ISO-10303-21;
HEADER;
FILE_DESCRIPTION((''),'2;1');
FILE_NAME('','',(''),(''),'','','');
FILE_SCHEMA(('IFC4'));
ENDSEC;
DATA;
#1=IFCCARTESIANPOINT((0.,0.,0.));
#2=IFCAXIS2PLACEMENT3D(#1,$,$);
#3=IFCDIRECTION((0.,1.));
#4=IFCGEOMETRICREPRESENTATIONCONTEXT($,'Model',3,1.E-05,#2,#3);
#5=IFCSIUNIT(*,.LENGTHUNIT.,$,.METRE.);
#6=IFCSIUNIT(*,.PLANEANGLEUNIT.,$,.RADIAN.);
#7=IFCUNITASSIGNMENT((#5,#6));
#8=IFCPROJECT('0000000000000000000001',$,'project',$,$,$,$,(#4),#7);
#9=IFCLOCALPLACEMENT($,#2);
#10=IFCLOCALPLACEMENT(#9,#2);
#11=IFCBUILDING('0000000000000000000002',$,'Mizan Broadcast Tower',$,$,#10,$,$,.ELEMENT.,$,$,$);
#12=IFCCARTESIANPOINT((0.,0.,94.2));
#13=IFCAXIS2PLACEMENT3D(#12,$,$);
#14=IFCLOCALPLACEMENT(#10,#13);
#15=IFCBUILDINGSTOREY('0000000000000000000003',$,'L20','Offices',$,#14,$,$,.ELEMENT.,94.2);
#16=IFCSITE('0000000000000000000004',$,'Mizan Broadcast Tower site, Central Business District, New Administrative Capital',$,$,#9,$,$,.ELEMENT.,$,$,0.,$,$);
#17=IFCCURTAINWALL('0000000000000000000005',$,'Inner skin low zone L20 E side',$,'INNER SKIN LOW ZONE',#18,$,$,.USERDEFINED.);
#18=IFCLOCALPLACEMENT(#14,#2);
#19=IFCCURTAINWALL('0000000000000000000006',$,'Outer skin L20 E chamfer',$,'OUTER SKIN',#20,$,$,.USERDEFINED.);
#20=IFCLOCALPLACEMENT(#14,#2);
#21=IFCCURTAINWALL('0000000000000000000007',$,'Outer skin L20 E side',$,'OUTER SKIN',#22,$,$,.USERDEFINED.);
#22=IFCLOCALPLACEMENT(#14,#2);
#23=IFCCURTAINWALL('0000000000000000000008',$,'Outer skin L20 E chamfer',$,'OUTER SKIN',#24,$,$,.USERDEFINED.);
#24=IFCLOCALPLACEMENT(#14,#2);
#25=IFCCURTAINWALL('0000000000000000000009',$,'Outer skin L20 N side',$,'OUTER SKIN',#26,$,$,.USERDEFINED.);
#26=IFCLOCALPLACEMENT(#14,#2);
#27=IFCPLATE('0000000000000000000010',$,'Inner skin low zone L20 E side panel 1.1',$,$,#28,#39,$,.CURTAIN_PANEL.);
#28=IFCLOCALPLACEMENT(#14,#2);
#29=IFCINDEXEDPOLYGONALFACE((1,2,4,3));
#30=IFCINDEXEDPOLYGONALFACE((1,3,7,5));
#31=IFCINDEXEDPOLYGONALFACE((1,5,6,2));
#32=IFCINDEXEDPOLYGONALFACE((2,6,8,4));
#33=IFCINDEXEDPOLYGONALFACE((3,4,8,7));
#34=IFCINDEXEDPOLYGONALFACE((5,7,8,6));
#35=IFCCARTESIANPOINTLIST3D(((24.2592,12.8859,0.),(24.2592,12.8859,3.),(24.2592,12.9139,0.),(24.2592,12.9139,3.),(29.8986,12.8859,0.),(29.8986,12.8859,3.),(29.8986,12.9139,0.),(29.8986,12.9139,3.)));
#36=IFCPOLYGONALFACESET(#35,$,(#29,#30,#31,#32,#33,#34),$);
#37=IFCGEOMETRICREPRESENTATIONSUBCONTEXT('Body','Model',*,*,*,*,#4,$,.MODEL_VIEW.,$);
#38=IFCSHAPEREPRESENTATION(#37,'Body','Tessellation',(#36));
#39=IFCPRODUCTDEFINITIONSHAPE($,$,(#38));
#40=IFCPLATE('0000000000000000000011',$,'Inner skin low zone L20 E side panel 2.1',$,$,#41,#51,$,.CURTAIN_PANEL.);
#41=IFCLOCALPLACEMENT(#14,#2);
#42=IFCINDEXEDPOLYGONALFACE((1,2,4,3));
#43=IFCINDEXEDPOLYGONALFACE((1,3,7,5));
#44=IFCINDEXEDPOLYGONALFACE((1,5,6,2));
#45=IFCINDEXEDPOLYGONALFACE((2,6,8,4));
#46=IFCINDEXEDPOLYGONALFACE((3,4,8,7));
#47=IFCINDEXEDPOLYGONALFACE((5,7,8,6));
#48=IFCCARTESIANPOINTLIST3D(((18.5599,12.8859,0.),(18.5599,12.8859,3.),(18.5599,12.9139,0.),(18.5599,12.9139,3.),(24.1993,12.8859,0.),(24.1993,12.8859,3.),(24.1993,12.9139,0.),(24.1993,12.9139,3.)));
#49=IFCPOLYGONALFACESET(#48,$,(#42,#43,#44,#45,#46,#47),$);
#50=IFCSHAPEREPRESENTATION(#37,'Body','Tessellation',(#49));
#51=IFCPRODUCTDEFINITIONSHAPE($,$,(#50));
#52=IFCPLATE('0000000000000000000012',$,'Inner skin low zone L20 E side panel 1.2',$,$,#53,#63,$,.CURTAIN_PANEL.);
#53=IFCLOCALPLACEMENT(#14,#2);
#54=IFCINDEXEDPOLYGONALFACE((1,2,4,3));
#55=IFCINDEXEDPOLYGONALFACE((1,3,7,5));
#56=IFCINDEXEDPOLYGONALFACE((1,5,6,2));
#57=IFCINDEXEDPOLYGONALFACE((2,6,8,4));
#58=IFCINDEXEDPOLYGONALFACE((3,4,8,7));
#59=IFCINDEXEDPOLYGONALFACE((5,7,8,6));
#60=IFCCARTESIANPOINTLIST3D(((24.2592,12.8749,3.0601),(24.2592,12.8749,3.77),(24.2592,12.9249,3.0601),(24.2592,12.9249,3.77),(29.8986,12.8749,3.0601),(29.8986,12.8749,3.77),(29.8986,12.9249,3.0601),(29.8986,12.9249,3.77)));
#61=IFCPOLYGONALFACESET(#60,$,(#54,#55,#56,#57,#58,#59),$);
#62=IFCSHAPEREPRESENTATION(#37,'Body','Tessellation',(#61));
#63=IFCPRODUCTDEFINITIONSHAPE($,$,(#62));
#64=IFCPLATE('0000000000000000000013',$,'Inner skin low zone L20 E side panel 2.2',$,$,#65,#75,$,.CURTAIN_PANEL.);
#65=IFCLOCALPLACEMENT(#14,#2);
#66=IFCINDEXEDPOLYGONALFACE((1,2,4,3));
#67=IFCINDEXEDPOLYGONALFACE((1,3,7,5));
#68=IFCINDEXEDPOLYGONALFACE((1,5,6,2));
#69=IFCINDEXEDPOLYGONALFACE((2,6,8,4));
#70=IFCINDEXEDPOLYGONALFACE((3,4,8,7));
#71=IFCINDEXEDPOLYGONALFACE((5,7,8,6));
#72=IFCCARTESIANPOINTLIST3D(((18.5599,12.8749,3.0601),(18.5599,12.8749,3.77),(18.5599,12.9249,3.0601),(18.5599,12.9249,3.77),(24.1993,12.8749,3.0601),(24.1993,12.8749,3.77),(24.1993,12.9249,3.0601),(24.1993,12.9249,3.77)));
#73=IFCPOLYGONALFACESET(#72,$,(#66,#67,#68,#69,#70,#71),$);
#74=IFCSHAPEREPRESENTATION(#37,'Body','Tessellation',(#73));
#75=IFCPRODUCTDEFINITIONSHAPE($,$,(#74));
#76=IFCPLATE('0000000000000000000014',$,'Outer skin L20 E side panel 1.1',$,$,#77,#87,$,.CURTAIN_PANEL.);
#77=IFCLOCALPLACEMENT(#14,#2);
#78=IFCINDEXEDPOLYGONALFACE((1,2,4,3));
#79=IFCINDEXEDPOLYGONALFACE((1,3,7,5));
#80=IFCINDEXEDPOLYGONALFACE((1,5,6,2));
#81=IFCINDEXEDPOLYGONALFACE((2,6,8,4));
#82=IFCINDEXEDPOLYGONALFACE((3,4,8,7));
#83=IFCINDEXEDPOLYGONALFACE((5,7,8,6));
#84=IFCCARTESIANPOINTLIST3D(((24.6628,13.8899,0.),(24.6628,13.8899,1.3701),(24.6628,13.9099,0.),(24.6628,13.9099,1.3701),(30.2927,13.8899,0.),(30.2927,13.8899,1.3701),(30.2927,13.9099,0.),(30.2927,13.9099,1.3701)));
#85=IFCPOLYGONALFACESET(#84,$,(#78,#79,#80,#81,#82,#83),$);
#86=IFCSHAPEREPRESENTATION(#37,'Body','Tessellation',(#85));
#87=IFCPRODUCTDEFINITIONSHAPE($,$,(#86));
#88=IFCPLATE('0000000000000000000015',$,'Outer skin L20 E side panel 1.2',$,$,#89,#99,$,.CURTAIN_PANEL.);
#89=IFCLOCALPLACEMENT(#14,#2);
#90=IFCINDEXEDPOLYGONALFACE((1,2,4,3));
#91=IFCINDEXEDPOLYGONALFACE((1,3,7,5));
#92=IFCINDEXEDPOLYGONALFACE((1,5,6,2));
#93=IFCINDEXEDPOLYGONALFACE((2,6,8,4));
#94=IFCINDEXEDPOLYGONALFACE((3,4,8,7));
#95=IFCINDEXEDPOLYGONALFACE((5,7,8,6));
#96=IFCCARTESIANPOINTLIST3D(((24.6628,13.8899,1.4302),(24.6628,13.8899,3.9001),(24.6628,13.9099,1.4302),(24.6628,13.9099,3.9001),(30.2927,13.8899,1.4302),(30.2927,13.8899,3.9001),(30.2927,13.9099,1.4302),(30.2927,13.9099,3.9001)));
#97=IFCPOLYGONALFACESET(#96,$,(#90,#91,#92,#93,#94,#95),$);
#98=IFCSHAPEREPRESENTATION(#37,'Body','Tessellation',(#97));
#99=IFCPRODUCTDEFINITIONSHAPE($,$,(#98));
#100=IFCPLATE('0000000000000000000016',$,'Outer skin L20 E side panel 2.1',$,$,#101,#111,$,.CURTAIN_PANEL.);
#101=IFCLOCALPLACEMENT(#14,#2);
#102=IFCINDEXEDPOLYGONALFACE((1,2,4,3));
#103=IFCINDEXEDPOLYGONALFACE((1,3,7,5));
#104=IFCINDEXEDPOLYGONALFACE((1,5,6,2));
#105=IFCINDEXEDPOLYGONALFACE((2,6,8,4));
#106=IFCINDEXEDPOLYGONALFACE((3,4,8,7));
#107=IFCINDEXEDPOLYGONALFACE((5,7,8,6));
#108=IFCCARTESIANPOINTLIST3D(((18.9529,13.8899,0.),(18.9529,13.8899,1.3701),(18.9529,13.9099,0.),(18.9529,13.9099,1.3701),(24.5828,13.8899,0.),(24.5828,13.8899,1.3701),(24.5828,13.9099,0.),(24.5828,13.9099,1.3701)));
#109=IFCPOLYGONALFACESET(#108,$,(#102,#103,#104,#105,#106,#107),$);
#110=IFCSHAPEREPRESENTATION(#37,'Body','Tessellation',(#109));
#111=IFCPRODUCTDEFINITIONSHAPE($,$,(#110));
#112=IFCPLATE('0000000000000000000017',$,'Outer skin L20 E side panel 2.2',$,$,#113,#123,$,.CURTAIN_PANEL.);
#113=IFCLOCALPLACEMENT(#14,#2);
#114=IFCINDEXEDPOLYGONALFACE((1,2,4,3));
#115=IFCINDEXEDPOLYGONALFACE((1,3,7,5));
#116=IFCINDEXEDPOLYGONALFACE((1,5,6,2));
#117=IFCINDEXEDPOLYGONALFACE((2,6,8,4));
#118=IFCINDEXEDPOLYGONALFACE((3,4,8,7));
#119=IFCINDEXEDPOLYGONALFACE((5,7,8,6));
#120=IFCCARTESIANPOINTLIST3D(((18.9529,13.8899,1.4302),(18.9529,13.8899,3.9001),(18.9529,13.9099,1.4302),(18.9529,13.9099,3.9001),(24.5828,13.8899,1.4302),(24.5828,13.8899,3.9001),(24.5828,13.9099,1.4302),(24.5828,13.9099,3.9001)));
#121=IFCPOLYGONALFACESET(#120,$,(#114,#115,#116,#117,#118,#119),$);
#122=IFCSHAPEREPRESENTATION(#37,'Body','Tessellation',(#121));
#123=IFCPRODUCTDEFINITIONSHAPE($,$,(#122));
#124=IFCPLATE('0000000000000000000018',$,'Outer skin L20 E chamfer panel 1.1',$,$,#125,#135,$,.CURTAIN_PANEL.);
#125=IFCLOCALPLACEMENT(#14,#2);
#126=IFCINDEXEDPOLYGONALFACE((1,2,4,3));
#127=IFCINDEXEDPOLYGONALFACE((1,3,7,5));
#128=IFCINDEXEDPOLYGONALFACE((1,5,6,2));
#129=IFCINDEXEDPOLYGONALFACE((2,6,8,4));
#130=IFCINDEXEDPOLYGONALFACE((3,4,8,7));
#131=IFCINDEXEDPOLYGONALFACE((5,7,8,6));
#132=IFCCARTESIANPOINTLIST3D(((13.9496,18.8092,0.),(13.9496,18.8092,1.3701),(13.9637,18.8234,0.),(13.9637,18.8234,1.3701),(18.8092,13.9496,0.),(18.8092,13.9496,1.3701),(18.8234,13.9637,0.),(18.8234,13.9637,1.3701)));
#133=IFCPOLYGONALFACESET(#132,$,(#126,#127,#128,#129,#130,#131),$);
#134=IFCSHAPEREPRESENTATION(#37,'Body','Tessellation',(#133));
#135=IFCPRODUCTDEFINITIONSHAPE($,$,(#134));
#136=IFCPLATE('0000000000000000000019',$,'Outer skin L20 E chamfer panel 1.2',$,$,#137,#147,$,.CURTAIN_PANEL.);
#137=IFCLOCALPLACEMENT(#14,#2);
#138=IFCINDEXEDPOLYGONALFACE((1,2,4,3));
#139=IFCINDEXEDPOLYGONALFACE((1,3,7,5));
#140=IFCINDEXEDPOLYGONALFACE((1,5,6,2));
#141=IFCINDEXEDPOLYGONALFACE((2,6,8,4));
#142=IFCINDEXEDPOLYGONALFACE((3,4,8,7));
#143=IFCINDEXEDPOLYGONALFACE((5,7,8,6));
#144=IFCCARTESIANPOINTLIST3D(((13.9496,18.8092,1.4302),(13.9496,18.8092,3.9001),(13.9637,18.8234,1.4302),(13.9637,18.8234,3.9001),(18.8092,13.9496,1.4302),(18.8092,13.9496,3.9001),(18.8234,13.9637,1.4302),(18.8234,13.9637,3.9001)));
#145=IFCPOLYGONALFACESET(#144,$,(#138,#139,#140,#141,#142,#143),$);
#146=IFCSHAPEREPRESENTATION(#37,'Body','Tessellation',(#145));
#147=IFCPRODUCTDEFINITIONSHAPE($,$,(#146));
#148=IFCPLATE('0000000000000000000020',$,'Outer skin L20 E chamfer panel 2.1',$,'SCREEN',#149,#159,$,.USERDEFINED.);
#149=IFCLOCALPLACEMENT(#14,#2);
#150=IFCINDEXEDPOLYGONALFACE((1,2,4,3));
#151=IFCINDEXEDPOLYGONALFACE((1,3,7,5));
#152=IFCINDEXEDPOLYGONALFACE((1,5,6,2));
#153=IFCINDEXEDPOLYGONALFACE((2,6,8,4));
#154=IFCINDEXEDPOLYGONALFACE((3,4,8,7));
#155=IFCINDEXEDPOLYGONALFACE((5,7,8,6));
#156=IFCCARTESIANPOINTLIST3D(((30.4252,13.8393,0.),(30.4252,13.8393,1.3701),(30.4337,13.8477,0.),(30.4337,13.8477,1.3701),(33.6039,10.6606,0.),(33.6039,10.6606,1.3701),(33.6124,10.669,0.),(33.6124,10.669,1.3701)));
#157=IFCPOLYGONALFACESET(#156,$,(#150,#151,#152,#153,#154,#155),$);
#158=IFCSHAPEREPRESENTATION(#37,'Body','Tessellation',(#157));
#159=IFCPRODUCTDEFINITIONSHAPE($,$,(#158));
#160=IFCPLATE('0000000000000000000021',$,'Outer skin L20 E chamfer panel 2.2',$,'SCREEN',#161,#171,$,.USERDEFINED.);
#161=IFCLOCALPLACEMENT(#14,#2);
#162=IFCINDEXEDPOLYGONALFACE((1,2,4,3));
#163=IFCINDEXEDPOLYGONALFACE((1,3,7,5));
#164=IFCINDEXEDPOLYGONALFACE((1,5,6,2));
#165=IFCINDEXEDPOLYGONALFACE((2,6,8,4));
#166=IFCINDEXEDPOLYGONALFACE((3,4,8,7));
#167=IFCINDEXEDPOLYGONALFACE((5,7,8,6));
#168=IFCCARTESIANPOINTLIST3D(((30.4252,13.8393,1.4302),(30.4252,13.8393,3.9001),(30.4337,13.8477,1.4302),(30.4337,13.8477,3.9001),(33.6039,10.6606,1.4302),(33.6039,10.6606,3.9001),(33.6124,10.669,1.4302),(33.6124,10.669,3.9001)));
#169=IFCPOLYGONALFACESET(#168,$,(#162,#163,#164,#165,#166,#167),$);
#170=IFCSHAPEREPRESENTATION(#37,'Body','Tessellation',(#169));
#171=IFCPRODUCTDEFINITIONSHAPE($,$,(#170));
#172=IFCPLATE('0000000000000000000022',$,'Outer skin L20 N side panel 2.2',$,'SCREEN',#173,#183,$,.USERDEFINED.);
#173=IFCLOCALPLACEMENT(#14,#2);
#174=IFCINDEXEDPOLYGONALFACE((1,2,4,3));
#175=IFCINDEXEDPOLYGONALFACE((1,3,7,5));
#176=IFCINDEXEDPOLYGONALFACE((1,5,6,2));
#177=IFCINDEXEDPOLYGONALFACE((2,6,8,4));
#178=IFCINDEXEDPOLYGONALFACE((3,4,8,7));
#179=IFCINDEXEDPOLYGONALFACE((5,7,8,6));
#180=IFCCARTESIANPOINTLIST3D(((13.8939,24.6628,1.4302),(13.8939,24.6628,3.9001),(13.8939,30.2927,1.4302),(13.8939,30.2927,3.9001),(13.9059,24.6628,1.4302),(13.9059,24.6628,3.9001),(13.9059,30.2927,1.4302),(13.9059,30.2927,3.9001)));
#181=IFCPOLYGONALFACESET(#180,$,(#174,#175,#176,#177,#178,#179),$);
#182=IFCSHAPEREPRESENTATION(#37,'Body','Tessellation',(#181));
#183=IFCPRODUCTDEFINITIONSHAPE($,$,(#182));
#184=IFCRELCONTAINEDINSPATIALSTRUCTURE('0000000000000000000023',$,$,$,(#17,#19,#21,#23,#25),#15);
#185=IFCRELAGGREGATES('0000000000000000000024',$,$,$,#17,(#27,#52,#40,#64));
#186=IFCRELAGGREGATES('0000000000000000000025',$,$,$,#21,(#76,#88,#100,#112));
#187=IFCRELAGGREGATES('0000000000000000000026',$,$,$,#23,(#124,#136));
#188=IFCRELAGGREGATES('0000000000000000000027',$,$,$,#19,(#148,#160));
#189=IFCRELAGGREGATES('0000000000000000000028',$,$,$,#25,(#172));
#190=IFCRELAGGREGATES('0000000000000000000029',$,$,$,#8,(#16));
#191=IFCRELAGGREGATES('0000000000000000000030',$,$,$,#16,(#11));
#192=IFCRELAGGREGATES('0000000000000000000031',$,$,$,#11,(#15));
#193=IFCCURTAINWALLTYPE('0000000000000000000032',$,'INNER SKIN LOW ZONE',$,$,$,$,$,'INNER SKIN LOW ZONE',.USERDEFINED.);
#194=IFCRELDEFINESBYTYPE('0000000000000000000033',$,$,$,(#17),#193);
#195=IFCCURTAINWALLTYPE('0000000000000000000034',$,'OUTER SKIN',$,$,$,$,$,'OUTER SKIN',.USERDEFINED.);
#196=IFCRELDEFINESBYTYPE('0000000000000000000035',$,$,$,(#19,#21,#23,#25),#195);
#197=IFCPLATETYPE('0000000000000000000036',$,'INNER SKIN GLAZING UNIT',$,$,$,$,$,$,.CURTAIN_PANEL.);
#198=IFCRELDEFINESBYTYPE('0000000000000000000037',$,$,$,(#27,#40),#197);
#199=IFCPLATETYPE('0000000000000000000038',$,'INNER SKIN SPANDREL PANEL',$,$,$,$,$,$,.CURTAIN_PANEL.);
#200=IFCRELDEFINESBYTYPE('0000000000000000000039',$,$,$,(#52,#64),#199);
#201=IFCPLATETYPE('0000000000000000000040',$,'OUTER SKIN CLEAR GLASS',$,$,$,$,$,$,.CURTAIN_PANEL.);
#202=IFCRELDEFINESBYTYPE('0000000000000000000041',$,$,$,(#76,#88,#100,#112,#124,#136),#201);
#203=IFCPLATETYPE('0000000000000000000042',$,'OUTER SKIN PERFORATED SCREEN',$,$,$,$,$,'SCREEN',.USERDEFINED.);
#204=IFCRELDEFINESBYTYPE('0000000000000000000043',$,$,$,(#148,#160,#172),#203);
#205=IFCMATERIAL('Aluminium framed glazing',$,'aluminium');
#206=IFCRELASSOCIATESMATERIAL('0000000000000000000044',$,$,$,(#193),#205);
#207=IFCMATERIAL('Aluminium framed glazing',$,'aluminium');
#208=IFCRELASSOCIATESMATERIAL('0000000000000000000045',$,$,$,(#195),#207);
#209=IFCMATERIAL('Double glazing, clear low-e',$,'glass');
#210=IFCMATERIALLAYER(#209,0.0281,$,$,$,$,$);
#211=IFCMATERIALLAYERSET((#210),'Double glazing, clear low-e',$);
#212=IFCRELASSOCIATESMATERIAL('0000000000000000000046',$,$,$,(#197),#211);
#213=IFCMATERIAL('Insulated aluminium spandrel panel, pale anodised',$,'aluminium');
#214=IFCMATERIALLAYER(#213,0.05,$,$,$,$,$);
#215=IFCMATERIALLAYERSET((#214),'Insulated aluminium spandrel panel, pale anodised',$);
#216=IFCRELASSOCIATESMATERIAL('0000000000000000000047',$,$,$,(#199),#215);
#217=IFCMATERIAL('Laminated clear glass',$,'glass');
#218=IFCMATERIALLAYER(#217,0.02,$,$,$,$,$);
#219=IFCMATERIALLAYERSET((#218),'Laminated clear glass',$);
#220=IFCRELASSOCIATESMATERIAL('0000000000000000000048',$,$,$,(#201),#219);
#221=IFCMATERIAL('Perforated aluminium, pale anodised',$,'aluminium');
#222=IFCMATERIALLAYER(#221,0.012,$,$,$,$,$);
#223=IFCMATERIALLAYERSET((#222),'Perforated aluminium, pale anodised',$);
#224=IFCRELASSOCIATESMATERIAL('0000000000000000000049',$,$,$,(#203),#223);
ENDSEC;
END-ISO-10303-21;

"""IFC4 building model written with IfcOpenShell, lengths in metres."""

from ifc_helpers import new_model, si_unit, direction, frame, origin, origin_2d, place, context, subcontext, project, spatial, rectangle, extrude, material, layer, layer_set, type_object, element, aggregate, save


model = new_model("IFC4")

# Units and contexts
model_context = context("Model", 3, precision=1e-05, world=origin(), true_north=direction((0.0, 1.0)))
body_context = subcontext(model_context, "Body", "Model", "MODEL_VIEW")
ifc_project = project(units=[si_unit("LENGTHUNIT", "METRE"), si_unit("PLANEANGLEUNIT", "RADIAN")], contexts=[model_context])

# Site, building, storey
site_placement = place(None, origin())
site = spatial("IfcSite", under=ifc_project, at=site_placement, Name="Mizan Broadcast Tower site, Central Business District, New Administrative Capital", CompositionType="ELEMENT", RefElevation=0.0)
building_placement = place(site_placement, origin())
building = spatial("IfcBuilding", under=site, at=building_placement, Name="Mizan Broadcast Tower", CompositionType="ELEMENT")
storey_placement = place(building_placement, frame((0.0, 0.0, 94.2)))
storey = spatial("IfcBuildingStorey", under=building, at=storey_placement, Name="L20", Description="Offices", CompositionType="ELEMENT", Elevation=94.2)

# Shared definitions
ifc_material_1 = material(Name="Aluminium framed glazing", Category="aluminium")
curtain_wall_type_1 = type_object("IfcCurtainWallType", Name="INNER SKIN LOW ZONE", ElementType="INNER SKIN LOW ZONE", PredefinedType="USERDEFINED", material=ifc_material_1)

# Curtain wall
curtain_wall_1_placement = place(storey_placement, origin())
curtain_wall_1 = element("IfcCurtainWall", 1, at=curtain_wall_1_placement, inside=storey, type_object=curtain_wall_type_1, Name="Inner skin low zone L20 E side", ObjectType="INNER SKIN LOW ZONE", PredefinedType="USERDEFINED")

# Curtain wall
ifc_material_2 = material(Name="Aluminium framed glazing", Category="aluminium")
curtain_wall_type_2 = type_object("IfcCurtainWallType", Name="OUTER SKIN", ElementType="OUTER SKIN", PredefinedType="USERDEFINED", material=ifc_material_2)
curtain_wall_2_placement = place(storey_placement, origin())
curtain_wall_2 = element("IfcCurtainWall", 2, at=curtain_wall_2_placement, inside=storey, type_object=curtain_wall_type_2, Name="Outer skin L20 E chamfer", ObjectType="OUTER SKIN", PredefinedType="USERDEFINED")

# Curtain wall
curtain_wall_3_placement = place(storey_placement, origin())
curtain_wall_3 = element("IfcCurtainWall", 3, at=curtain_wall_3_placement, inside=storey, type_object=curtain_wall_type_2, Name="Outer skin L20 E side", ObjectType="OUTER SKIN", PredefinedType="USERDEFINED")

# Curtain walls
curtain_wall_4_placement = place(storey_placement, origin())
curtain_wall_4 = element("IfcCurtainWall", 4, at=curtain_wall_4_placement, inside=storey, type_object=curtain_wall_type_2, Name="Outer skin L20 E chamfer", ObjectType="OUTER SKIN", PredefinedType="USERDEFINED")
curtain_wall_5_placement = place(storey_placement, origin())
curtain_wall_5 = element("IfcCurtainWall", 5, at=curtain_wall_5_placement, inside=storey, type_object=curtain_wall_type_2, Name="Outer skin L20 N side", ObjectType="OUTER SKIN", PredefinedType="USERDEFINED")

# Plates
ifc_material_3 = material(Name="Double glazing, clear low-e", Category="glass")
ifc_layer_1 = layer(ifc_material_3, 0.0281)
ifc_layer_set_1 = layer_set([ifc_layer_1], Name="Double glazing, clear low-e")
plate_type_1 = type_object("IfcPlateType", Name="INNER SKIN GLAZING UNIT", PredefinedType="CURTAIN_PANEL", material=ifc_layer_set_1)
plate_1_placement = place(storey_placement, frame((27.0789, 12.8999, 0.0), z_axis=(0.0, 0.0, 1.0), x_axis=(-1.0, 0.0, 0.0)))
plate_1 = element("IfcPlate", 6, at=plate_1_placement, type_object=plate_type_1, Name="Inner skin low zone L20 E side panel 1.1", PredefinedType="CURTAIN_PANEL", context=body_context, shape_type="SweptSolid", body=[
    extrude(rectangle(XDim=5.6394, YDim=0.0281, at=origin_2d()), origin(), (0.0, 0.0, 1.0), 3.0),
])
plate_2_placement = place(storey_placement, frame((21.3796, 12.8999, 0.0), z_axis=(0.0, 0.0, 1.0), x_axis=(-1.0, 0.0, 0.0)))
plate_2 = element("IfcPlate", 7, at=plate_2_placement, type_object=plate_type_1, Name="Inner skin low zone L20 E side panel 2.1", PredefinedType="CURTAIN_PANEL", context=body_context, shape_type="SweptSolid", body=[
    extrude(rectangle(XDim=5.6394, YDim=0.0281, at=origin_2d()), origin(), (0.0, 0.0, 1.0), 3.0),
])
ifc_material_4 = material(Name="Insulated aluminium spandrel panel, pale anodised", Category="aluminium")
ifc_layer_2 = layer(ifc_material_4, 0.05)
ifc_layer_set_2 = layer_set([ifc_layer_2], Name="Insulated aluminium spandrel panel, pale anodised")
plate_type_2 = type_object("IfcPlateType", Name="INNER SKIN SPANDREL PANEL", PredefinedType="CURTAIN_PANEL", material=ifc_layer_set_2)
plate_3_placement = place(storey_placement, frame((27.0789, 12.8999, 3.0601), z_axis=(0.0, 0.0, 1.0), x_axis=(-1.0, 0.0, 0.0)))
plate_3 = element("IfcPlate", 8, at=plate_3_placement, type_object=plate_type_2, Name="Inner skin low zone L20 E side panel 1.2", PredefinedType="CURTAIN_PANEL", context=body_context, shape_type="SweptSolid", body=[
    extrude(rectangle(XDim=5.6394, YDim=0.05, at=origin_2d()), origin(), (0.0, 0.0, 1.0), 0.71),
])
plate_4_placement = place(storey_placement, frame((21.3796, 12.8999, 3.0601), z_axis=(0.0, 0.0, 1.0), x_axis=(-1.0, 0.0, 0.0)))
plate_4 = element("IfcPlate", 9, at=plate_4_placement, type_object=plate_type_2, Name="Inner skin low zone L20 E side panel 2.2", PredefinedType="CURTAIN_PANEL", context=body_context, shape_type="SweptSolid", body=[
    extrude(rectangle(XDim=5.6394, YDim=0.05, at=origin_2d()), origin(), (0.0, 0.0, 1.0), 0.71),
])
aggregate(curtain_wall_1, [plate_1, plate_3, plate_2, plate_4])
ifc_material_5 = material(Name="Laminated clear glass", Category="glass")
ifc_layer_3 = layer(ifc_material_5, 0.02)
ifc_layer_set_3 = layer_set([ifc_layer_3], Name="Laminated clear glass")
plate_type_3 = type_object("IfcPlateType", Name="OUTER SKIN CLEAR GLASS", PredefinedType="CURTAIN_PANEL", material=ifc_layer_set_3)
plate_5_placement = place(storey_placement, frame((27.4778, 13.8999, 0.0), z_axis=(0.0, 0.0, 1.0), x_axis=(-1.0, 0.0, 0.0)))
plate_5 = element("IfcPlate", 10, at=plate_5_placement, type_object=plate_type_3, Name="Outer skin L20 E side panel 1.1", PredefinedType="CURTAIN_PANEL", context=body_context, shape_type="SweptSolid", body=[
    extrude(rectangle(XDim=5.6299, YDim=0.02, at=origin_2d()), origin(), (0.0, 0.0, 1.0), 1.3701),
])
plate_6_placement = place(storey_placement, frame((27.4778, 13.8999, 1.4302), z_axis=(0.0, 0.0, 1.0), x_axis=(-1.0, 0.0, 0.0)))
plate_6 = element("IfcPlate", 11, at=plate_6_placement, type_object=plate_type_3, Name="Outer skin L20 E side panel 1.2", PredefinedType="CURTAIN_PANEL", context=body_context, shape_type="SweptSolid", body=[
    extrude(rectangle(XDim=5.6299, YDim=0.02, at=origin_2d()), origin(), (0.0, 0.0, 1.0), 2.47),
])
plate_7_placement = place(storey_placement, frame((21.7678, 13.8999, 0.0), z_axis=(0.0, 0.0, 1.0), x_axis=(-1.0, 0.0, 0.0)))
plate_7 = element("IfcPlate", 12, at=plate_7_placement, type_object=plate_type_3, Name="Outer skin L20 E side panel 2.1", PredefinedType="CURTAIN_PANEL", context=body_context, shape_type="SweptSolid", body=[
    extrude(rectangle(XDim=5.6299, YDim=0.02, at=origin_2d()), origin(), (0.0, 0.0, 1.0), 1.3701),
])
plate_8_placement = place(storey_placement, frame((21.7678, 13.8999, 1.4302), z_axis=(0.0, 0.0, 1.0), x_axis=(-1.0, 0.0, 0.0)))
plate_8 = element("IfcPlate", 13, at=plate_8_placement, type_object=plate_type_3, Name="Outer skin L20 E side panel 2.2", PredefinedType="CURTAIN_PANEL", context=body_context, shape_type="SweptSolid", body=[
    extrude(rectangle(XDim=5.6299, YDim=0.02, at=origin_2d()), origin(), (0.0, 0.0, 1.0), 2.47),
])
aggregate(curtain_wall_3, [plate_5, plate_6, plate_7, plate_8])
plate_9_placement = place(storey_placement, frame((16.3865, 16.3865, 0.0), z_axis=(0.0, 0.0, 1.0), x_axis=(-0.707107, 0.707107, 0.0)))
plate_9 = element("IfcPlate", 14, at=plate_9_placement, type_object=plate_type_3, Name="Outer skin L20 E chamfer panel 1.1", PredefinedType="CURTAIN_PANEL", context=body_context, shape_type="SweptSolid", body=[
    extrude(rectangle(XDim=6.8726, YDim=0.02, at=origin_2d()), origin(), (0.0, 0.0, 1.0), 1.3701),
])
plate_10_placement = place(storey_placement, frame((16.3865, 16.3865, 1.4302), z_axis=(0.0, 0.0, 1.0), x_axis=(-0.707107, 0.707107, 0.0)))
plate_10 = element("IfcPlate", 15, at=plate_10_placement, type_object=plate_type_3, Name="Outer skin L20 E chamfer panel 1.2", PredefinedType="CURTAIN_PANEL", context=body_context, shape_type="SweptSolid", body=[
    extrude(rectangle(XDim=6.8726, YDim=0.02, at=origin_2d()), origin(), (0.0, 0.0, 1.0), 2.47),
])
aggregate(curtain_wall_4, [plate_9, plate_10])
ifc_material_6 = material(Name="Perforated aluminium, pale anodised", Category="aluminium")
ifc_layer_4 = layer(ifc_material_6, 0.012)
ifc_layer_set_4 = layer_set([ifc_layer_4], Name="Perforated aluminium, pale anodised")
plate_type_4 = type_object("IfcPlateType", Name="OUTER SKIN PERFORATED SCREEN", ElementType="SCREEN", PredefinedType="USERDEFINED", material=ifc_layer_set_4)
plate_11_placement = place(storey_placement, frame((32.0188, 12.2542, 0.0), z_axis=(0.0, 0.0, 1.0), x_axis=(-0.707107, 0.707107, 0.0)))
plate_11 = element("IfcPlate", 16, at=plate_11_placement, type_object=plate_type_4, Name="Outer skin L20 E chamfer panel 2.1", ObjectType="SCREEN", PredefinedType="USERDEFINED", context=body_context, shape_type="SweptSolid", body=[
    extrude(rectangle(XDim=4.4954, YDim=0.012, at=origin_2d()), origin(), (0.0, 0.0, 1.0), 1.3701),
])
plate_12_placement = place(storey_placement, frame((32.0188, 12.2542, 1.4302), z_axis=(0.0, 0.0, 1.0), x_axis=(-0.707107, 0.707107, 0.0)))
plate_12 = element("IfcPlate", 17, at=plate_12_placement, type_object=plate_type_4, Name="Outer skin L20 E chamfer panel 2.2", ObjectType="SCREEN", PredefinedType="USERDEFINED", context=body_context, shape_type="SweptSolid", body=[
    extrude(rectangle(XDim=4.4954, YDim=0.012, at=origin_2d()), origin(), (0.0, 0.0, 1.0), 2.47),
])
aggregate(curtain_wall_2, [plate_11, plate_12])
plate_13_placement = place(storey_placement, frame((13.8999, 27.4778, 1.4302), z_axis=(0.0, 0.0, 1.0), x_axis=(0.0, 1.0, 0.0)))
plate_13 = element("IfcPlate", 18, at=plate_13_placement, type_object=plate_type_4, Name="Outer skin L20 N side panel 2.2", ObjectType="SCREEN", PredefinedType="USERDEFINED", context=body_context, shape_type="SweptSolid", body=[
    extrude(rectangle(XDim=5.6299, YDim=0.012, at=origin_2d()), origin(), (0.0, 0.0, 1.0), 2.47),
])
aggregate(curtain_wall_5, [plate_13])

save(model, "model.ifc")
